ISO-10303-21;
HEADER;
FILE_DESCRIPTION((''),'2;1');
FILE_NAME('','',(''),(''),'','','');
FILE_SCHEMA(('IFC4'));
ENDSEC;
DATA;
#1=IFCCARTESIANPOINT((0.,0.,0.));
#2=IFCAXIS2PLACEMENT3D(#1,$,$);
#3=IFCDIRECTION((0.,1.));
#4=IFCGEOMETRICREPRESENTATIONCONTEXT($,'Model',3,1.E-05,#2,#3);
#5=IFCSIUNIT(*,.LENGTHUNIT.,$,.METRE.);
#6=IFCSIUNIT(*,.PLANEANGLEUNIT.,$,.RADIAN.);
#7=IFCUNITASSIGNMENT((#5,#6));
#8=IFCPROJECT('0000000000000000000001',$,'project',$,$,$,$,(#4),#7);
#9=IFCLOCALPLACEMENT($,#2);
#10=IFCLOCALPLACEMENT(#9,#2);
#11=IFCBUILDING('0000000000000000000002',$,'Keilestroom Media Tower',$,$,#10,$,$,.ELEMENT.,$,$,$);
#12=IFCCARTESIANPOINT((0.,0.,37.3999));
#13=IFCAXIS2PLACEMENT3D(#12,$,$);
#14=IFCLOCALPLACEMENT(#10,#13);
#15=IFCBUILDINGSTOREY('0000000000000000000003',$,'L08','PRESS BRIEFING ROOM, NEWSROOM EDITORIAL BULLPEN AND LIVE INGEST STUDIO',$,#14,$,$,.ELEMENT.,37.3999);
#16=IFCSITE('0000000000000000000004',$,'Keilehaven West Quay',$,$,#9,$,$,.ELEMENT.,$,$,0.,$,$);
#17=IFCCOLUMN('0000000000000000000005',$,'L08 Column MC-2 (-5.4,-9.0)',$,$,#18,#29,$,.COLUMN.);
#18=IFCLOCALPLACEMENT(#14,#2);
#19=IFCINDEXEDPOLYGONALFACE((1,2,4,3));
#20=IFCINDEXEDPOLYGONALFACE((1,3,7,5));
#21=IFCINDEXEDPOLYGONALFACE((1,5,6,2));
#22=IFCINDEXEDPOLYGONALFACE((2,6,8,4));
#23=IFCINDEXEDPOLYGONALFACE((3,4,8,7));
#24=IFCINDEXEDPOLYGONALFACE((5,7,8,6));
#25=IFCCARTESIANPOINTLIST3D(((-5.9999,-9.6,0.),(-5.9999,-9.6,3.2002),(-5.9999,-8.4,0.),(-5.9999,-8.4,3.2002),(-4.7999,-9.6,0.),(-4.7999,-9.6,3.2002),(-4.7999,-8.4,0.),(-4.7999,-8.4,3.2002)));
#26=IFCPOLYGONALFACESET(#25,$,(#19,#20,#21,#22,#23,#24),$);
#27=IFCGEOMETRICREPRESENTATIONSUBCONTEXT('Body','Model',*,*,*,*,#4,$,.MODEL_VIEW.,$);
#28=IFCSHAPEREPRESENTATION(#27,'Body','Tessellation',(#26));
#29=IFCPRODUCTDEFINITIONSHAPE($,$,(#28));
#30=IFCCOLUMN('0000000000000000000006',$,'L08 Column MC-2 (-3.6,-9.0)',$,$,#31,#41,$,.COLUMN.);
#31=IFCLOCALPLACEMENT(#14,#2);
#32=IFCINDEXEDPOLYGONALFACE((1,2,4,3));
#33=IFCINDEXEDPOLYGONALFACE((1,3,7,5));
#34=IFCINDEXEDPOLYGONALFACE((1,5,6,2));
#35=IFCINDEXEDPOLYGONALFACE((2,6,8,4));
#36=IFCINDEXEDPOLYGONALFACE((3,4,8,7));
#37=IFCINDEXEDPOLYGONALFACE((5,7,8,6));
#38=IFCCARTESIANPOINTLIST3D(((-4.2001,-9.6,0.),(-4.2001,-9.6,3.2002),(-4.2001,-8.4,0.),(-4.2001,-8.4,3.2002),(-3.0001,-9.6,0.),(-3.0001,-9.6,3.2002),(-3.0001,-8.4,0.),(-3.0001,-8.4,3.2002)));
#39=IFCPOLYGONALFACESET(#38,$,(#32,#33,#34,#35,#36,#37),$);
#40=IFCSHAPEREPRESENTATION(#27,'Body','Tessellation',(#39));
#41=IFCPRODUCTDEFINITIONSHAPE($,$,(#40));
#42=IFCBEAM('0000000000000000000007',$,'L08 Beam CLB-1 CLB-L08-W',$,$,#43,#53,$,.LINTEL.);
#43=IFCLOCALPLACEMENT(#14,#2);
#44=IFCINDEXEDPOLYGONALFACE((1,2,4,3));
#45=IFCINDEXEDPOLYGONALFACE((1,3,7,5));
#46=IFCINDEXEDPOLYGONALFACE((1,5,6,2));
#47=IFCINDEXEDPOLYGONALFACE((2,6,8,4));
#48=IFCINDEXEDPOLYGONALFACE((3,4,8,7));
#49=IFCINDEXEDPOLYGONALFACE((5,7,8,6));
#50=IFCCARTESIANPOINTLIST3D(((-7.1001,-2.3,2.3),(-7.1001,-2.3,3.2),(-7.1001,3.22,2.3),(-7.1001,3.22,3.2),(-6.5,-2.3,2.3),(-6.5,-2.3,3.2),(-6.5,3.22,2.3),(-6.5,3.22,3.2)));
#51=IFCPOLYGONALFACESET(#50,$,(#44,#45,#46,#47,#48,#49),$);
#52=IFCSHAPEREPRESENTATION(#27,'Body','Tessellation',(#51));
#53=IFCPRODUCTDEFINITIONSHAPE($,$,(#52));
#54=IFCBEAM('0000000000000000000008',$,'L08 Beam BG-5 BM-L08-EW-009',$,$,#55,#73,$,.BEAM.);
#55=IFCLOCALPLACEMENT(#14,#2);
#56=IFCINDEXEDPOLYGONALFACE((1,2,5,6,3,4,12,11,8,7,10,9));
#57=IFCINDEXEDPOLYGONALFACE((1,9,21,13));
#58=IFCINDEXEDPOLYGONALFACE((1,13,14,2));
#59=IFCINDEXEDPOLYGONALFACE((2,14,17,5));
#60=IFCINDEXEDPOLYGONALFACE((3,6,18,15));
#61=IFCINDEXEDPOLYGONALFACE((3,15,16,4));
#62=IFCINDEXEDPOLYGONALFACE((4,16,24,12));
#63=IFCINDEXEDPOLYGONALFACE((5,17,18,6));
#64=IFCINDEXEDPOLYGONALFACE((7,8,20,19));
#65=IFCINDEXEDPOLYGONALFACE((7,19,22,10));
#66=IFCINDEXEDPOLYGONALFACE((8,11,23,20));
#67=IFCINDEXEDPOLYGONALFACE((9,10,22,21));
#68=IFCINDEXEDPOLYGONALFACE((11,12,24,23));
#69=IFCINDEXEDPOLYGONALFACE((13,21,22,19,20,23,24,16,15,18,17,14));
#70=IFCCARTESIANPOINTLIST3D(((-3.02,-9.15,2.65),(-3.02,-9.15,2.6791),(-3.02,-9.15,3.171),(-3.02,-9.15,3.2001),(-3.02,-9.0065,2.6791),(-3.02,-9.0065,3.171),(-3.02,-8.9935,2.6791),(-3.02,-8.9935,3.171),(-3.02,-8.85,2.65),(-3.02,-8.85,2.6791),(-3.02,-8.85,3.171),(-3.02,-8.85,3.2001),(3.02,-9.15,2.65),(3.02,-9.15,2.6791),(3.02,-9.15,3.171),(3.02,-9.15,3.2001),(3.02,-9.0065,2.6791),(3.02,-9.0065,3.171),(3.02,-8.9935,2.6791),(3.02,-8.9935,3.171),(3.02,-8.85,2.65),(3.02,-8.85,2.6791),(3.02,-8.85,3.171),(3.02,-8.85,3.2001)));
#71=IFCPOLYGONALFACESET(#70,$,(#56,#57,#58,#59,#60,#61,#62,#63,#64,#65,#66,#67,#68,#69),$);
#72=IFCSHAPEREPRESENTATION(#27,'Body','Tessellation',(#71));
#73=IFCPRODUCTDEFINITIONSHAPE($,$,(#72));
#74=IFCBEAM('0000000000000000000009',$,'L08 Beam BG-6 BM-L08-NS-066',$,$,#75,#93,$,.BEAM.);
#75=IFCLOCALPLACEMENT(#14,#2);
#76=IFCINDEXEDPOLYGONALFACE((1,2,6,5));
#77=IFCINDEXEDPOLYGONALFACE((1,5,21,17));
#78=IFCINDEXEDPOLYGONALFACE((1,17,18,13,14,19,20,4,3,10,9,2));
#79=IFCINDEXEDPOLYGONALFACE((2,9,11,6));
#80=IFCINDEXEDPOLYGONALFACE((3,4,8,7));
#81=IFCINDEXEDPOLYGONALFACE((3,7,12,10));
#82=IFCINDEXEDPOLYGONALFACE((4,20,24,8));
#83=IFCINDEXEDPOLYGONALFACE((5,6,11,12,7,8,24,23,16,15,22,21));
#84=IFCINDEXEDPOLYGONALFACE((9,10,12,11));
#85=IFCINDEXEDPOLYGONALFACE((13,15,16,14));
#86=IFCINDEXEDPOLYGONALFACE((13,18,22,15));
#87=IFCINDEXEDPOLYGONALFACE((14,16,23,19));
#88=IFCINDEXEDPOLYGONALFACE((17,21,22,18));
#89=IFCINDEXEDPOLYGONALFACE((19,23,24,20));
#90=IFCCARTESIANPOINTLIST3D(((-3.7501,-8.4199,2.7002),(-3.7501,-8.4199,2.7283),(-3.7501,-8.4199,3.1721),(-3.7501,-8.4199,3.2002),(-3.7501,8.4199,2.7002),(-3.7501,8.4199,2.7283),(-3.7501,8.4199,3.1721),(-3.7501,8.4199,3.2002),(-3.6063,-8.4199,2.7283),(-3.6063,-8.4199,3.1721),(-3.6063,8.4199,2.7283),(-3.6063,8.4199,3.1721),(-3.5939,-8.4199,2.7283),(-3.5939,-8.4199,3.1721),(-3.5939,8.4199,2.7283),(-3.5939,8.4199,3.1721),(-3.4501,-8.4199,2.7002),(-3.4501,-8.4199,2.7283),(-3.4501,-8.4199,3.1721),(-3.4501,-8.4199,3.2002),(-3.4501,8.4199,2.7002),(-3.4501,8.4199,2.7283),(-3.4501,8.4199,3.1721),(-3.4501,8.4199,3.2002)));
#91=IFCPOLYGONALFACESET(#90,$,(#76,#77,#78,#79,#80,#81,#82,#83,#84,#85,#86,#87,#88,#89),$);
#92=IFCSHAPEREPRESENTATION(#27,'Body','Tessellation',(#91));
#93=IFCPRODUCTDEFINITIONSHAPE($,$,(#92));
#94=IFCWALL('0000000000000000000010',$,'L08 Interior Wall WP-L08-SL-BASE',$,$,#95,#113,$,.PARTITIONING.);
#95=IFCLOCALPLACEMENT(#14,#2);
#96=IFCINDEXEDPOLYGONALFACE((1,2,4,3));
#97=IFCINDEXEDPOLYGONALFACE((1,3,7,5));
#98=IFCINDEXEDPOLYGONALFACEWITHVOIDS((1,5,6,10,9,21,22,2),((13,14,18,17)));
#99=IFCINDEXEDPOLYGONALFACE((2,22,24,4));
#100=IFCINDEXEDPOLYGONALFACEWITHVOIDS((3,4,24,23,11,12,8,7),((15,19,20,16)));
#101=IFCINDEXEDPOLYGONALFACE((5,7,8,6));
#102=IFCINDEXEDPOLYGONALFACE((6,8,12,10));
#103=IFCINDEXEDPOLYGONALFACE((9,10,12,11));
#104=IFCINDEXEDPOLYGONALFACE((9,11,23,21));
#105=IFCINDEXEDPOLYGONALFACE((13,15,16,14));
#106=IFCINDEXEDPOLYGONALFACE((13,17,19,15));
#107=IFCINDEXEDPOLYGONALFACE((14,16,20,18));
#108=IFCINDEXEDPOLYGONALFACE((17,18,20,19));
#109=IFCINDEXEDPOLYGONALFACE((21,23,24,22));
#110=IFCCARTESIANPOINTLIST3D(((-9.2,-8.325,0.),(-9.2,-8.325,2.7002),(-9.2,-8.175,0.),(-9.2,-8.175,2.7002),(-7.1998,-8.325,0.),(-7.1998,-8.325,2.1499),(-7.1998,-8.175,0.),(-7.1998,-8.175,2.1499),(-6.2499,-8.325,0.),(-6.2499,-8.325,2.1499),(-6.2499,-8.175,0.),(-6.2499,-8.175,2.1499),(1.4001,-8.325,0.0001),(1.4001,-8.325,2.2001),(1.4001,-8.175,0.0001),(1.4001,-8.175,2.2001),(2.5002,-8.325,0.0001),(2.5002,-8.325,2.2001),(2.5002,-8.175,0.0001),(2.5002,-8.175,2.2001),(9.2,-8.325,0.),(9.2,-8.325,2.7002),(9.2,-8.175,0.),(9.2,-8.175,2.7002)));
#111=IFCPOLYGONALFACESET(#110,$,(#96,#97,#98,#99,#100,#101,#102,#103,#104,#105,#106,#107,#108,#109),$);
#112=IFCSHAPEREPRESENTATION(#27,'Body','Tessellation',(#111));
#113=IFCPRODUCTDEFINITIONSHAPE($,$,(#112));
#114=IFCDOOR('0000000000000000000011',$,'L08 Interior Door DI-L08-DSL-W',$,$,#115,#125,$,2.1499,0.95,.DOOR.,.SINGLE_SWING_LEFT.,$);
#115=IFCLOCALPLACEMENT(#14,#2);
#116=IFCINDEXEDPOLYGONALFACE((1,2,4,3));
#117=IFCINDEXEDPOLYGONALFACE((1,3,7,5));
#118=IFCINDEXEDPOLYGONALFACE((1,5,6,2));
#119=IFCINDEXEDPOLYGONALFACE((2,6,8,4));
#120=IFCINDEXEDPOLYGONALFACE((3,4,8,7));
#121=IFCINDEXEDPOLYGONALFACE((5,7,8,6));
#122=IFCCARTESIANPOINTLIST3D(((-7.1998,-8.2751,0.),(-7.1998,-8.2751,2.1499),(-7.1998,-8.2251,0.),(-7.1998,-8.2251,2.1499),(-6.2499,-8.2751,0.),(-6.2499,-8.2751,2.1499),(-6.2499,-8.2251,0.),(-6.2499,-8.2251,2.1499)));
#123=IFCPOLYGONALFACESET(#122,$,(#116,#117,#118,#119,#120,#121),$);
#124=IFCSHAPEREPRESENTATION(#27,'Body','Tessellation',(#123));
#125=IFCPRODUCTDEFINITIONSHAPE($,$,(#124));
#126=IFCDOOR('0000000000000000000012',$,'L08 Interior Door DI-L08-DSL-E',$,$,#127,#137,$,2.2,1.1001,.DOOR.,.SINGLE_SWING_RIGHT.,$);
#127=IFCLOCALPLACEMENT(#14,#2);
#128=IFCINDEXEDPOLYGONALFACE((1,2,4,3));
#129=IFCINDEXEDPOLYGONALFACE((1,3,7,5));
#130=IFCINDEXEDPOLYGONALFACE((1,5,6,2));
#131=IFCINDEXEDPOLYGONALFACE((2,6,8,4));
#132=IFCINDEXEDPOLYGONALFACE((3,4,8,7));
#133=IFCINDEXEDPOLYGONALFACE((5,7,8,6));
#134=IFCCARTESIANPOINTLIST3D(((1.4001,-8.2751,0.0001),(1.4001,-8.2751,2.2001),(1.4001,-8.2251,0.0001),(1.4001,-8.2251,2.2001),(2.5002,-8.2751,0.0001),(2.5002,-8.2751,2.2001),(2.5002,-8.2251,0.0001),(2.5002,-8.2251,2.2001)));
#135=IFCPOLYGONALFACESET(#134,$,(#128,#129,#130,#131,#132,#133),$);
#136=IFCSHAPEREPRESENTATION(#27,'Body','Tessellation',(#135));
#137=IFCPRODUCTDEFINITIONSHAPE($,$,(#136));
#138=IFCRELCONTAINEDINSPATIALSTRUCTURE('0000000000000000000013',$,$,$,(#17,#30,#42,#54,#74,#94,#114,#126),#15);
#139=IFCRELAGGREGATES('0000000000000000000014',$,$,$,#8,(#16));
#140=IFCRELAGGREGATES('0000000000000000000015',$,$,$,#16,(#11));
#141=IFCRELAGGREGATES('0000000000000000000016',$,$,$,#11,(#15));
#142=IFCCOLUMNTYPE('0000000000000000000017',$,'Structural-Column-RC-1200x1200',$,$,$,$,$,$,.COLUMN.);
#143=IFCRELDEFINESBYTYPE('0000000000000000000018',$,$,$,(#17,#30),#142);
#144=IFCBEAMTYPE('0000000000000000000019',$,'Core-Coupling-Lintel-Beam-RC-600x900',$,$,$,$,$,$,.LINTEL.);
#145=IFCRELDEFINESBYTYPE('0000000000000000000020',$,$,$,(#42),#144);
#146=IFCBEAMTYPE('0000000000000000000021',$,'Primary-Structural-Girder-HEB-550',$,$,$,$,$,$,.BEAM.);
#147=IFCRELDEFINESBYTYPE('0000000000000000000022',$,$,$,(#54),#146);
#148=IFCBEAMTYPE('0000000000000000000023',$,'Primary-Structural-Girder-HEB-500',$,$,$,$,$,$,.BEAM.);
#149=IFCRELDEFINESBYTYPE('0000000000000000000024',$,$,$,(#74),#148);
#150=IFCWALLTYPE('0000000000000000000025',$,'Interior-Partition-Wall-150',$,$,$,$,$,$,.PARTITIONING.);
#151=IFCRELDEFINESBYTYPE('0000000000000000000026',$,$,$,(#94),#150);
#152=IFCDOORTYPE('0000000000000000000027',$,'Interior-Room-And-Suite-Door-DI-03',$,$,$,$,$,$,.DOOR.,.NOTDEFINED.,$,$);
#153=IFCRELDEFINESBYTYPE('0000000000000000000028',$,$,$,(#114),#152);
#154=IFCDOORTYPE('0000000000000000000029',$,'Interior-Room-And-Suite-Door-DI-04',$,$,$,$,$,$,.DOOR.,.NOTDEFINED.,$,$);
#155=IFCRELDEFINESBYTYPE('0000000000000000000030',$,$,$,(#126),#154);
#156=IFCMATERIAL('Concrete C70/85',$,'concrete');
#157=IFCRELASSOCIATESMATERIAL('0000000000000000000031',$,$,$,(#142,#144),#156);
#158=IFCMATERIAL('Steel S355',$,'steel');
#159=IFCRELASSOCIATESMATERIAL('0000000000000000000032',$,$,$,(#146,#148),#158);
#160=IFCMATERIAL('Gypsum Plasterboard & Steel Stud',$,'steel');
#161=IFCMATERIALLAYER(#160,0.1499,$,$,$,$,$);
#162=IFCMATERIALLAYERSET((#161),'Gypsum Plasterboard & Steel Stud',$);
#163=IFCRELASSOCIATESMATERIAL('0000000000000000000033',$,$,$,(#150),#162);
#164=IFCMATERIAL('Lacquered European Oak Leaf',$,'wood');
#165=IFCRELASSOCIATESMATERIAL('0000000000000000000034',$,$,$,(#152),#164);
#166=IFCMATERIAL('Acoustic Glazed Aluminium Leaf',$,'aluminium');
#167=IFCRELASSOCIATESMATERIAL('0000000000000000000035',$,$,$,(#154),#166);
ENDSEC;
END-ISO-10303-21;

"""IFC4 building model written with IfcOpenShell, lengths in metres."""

from ifc_helpers import new_model, si_unit, direction, frame, frame_2d, origin, origin_2d, place, context, subcontext, project, spatial, rectangle, i_section, extrude, source, transform, mapped, material, layer, layer_set, material_profile, profile_set, type_object, element, fill, save


model = new_model("IFC4")

# Units and contexts
model_context = context("Model", 3, precision=1e-05, world=origin(), true_north=direction((0.0, 1.0)))
body_context = subcontext(model_context, "Body", "Model", "MODEL_VIEW")
ifc_project = project(units=[si_unit("LENGTHUNIT", "METRE"), si_unit("PLANEANGLEUNIT", "RADIAN")], contexts=[model_context])

# Site, building, storey
site_placement = place(None, origin())
site = spatial("IfcSite", under=ifc_project, at=site_placement, Name="Keilehaven West Quay", CompositionType="ELEMENT", RefElevation=0.0)
building_placement = place(site_placement, origin())
building = spatial("IfcBuilding", under=site, at=building_placement, Name="Keilestroom Media Tower", CompositionType="ELEMENT")
storey_placement = place(building_placement, frame((0.0, 0.0, 37.3999)))
storey = spatial("IfcBuildingStorey", under=building, at=storey_placement, Name="L08", Description="PRESS BRIEFING ROOM, NEWSROOM EDITORIAL BULLPEN AND LIVE INGEST STUDIO", CompositionType="ELEMENT", Elevation=37.3999)

# Columns
ifc_material_1 = material(Name="Concrete C70/85", Category="concrete")
ifc_material_profile_1 = material_profile(ifc_material_1, rectangle(XDim=1.2, YDim=1.2, at=origin_2d()), Name="RC 1200x1200")
ifc_profile_set_1 = profile_set([ifc_material_profile_1], Name="Concrete C70/85")
column_type = type_object("IfcColumnType", Name="Structural-Column-RC-1200x1200", PredefinedType="COLUMN", material=ifc_profile_set_1)
shared_shape_1 = source(origin(), body_context, "Body", "SweptSolid", [
    extrude(rectangle(XDim=1.2, YDim=1.2, at=origin_2d()), origin(), (0.0, 0.0, 1.0), 3.2002),
])
for number, where, z_axis, x_axis, name in (
    (1, (-5.3999, -9.0, 0.0), (0.0, 0.0, 1.0), (1.0, 0.0, 0.0), "L08 Column MC-2 (-5.4,-9.0)"),
    (2, (-3.6001, -9.0, 0.0), (0.0, 0.0, 1.0), (1.0, 0.0, 0.0), "L08 Column MC-2 (-3.6,-9.0)"),
):
    element("IfcColumn", number, at=place(storey_placement, frame(where, z_axis=z_axis, x_axis=x_axis)), inside=storey, type_object=column_type, Name=name, PredefinedType="COLUMN", context=body_context, shape_type="MappedRepresentation", body=[
        mapped(shared_shape_1, transform((0.0, 0.0, 0.0), x_axis=(1.0, 0.0, 0.0), y_axis=(0.0, 1.0, 0.0), z_axis=(0.0, 0.0, 1.0), scale=1.0)),
    ])

# Beams
ifc_material_profile_2 = material_profile(ifc_material_1, rectangle(XDim=0.6001, YDim=0.8999, at=origin_2d()), Name="RC 600x900")
ifc_profile_set_2 = profile_set([ifc_material_profile_2], Name="Concrete C70/85")
beam_type_1 = type_object("IfcBeamType", Name="Core-Coupling-Lintel-Beam-RC-600x900", PredefinedType="LINTEL", material=ifc_profile_set_2)
shared_shape_2 = source(origin(), body_context, "Body", "SweptSolid", [
    extrude(rectangle(XDim=0.6001, YDim=0.8999, at=origin_2d()), origin(), (0.0, 0.0, 1.0), 5.52),
])
beam_1_placement = place(storey_placement, frame((-6.8, -2.3, 2.75), z_axis=(0.0, 1.0, 0.0), x_axis=(-1.0, 0.0, 0.0)))
element("IfcBeam", 3, at=beam_1_placement, inside=storey, type_object=beam_type_1, Name="L08 Beam CLB-1 CLB-L08-W", PredefinedType="LINTEL", context=body_context, shape_type="MappedRepresentation", body=[
    mapped(shared_shape_2, transform((0.0, 0.0, 0.0), x_axis=(1.0, 0.0, 0.0), y_axis=(0.0, 1.0, 0.0), z_axis=(0.0, 0.0, 1.0), scale=1.0)),
])
ifc_material_2 = material(Name="Steel S355", Category="steel")
ifc_material_profile_3 = material_profile(ifc_material_2, i_section(OverallWidth=0.3, OverallDepth=0.55, WebThickness=0.0129, FlangeThickness=0.0291, at=origin_2d()), Name="HEB 550")
ifc_profile_set_3 = profile_set([ifc_material_profile_3], Name="Steel S355")
beam_type_2 = type_object("IfcBeamType", Name="Primary-Structural-Girder-HEB-550", PredefinedType="BEAM", material=ifc_profile_set_3)
shared_shape_3 = source(origin(), body_context, "Body", "SweptSolid", [
    extrude(i_section(OverallWidth=0.3, OverallDepth=0.55, WebThickness=0.0129, FlangeThickness=0.0291, at=origin_2d()), origin(), (0.0, 0.0, 1.0), 6.04),
])
beam_2_placement = place(storey_placement, frame((-3.02, -9.0, 2.925), z_axis=(1.0, 0.0, 0.0), x_axis=(0.0, 1.0, 0.0)))
element("IfcBeam", 4, at=beam_2_placement, inside=storey, type_object=beam_type_2, Name="L08 Beam BG-5 BM-L08-EW-009", PredefinedType="BEAM", context=body_context, shape_type="MappedRepresentation", body=[
    mapped(shared_shape_3, transform((0.0, 0.0, 0.0), x_axis=(1.0, 0.0, 0.0), y_axis=(0.0, 1.0, 0.0), z_axis=(0.0, 0.0, 1.0), scale=1.0)),
])
ifc_material_profile_4 = material_profile(ifc_material_2, i_section(OverallWidth=0.3, OverallDepth=0.5, WebThickness=0.0125, FlangeThickness=0.0281, at=origin_2d()), Name="HEB 500")
ifc_profile_set_4 = profile_set([ifc_material_profile_4], Name="Steel S355")
beam_type_3 = type_object("IfcBeamType", Name="Primary-Structural-Girder-HEB-500", PredefinedType="BEAM", material=ifc_profile_set_4)
shared_shape_4 = source(origin(), body_context, "Body", "SweptSolid", [
    extrude(i_section(OverallWidth=0.3, OverallDepth=0.5, WebThickness=0.0125, FlangeThickness=0.0281, at=origin_2d()), origin(), (0.0, 0.0, 1.0), 16.8398),
])
beam_3_placement = place(storey_placement, frame((-3.6001, -8.4199, 2.9502), z_axis=(0.0, 1.0, 0.0), x_axis=(-1.0, 0.0, 0.0)))
element("IfcBeam", 5, at=beam_3_placement, inside=storey, type_object=beam_type_3, Name="L08 Beam BG-6 BM-L08-NS-066", PredefinedType="BEAM", context=body_context, shape_type="MappedRepresentation", body=[
    mapped(shared_shape_4, transform((0.0, 0.0, 0.0), x_axis=(1.0, 0.0, 0.0), y_axis=(0.0, 1.0, 0.0), z_axis=(0.0, 0.0, 1.0), scale=1.0)),
])

# Wall, openings, doors
ifc_material_3 = material(Name="Gypsum Plasterboard & Steel Stud", Category="steel")
ifc_layer_1 = layer(ifc_material_3, 0.1499)
ifc_layer_set_1 = layer_set([ifc_layer_1], Name="Gypsum Plasterboard & Steel Stud")
wall_type_1 = type_object("IfcWallType", Name="Interior-Partition-Wall-150", PredefinedType="PARTITIONING", material=ifc_layer_set_1)
wall_1_placement = place(storey_placement, frame((-9.2, -8.25, 0.0), z_axis=(0.0, 0.0, 1.0), x_axis=(1.0, 0.0, 0.0)))
wall_1 = element("IfcWall", 6, at=wall_1_placement, inside=storey, type_object=wall_type_1, Name="L08 Interior Wall WP-L08-SL-BASE", PredefinedType="PARTITIONING", context=body_context, shape_type="SweptSolid", body=[
    extrude(rectangle(XDim=18.3999, YDim=0.1499, at=frame_2d((9.2, 0.0))), origin(), (0.0, 0.0, 1.0), 2.7002),
])
opening_1_placement = place(wall_1_placement, frame((2.0, 0.0, 0.0)))
opening_1 = element("IfcOpeningElement", 7, at=opening_1_placement, cuts=wall_1, PredefinedType="OPENING", context=body_context, shape_type="SweptSolid", body=[
    extrude(rectangle(XDim=0.95, YDim=2.1499, at=frame_2d((0.4751, 1.075))), frame((0.0, 0.085, 0.0), z_axis=(0.0, -1.0, 0.0), x_axis=(1.0, 0.0, 0.0)), (0.0, 0.0, 1.0), 0.1699),
])
opening_2_placement = place(wall_1_placement, frame((10.6001, 0.0, 0.0)))
opening_2 = element("IfcOpeningElement", 8, at=opening_2_placement, cuts=wall_1, PredefinedType="OPENING", context=body_context, shape_type="SweptSolid", body=[
    extrude(rectangle(XDim=1.1001, YDim=2.2, at=frame_2d((0.55, 1.1001))), frame((0.0, 0.085, 0.0), z_axis=(0.0, -1.0, 0.0), x_axis=(1.0, 0.0, 0.0)), (0.0, 0.0, 1.0), 0.1699),
])
ifc_material_4 = material(Name="Lacquered European Oak Leaf", Category="wood")
door_type_1 = type_object("IfcDoorType", Name="Interior-Room-And-Suite-Door-DI-03", OperationType="NOTDEFINED", PredefinedType="DOOR", material=ifc_material_4)
shared_shape_5 = source(origin(), body_context, "Body", "SweptSolid", [
    extrude(rectangle(XDim=0.95, YDim=2.1499, at=frame_2d((0.4751, 1.075))), frame((0.0, 0.0249, 0.0), z_axis=(0.0, -1.0, 0.0), x_axis=(1.0, 0.0, 0.0)), (0.0, 0.0, 1.0), 0.05),
])
door_1_placement = place(opening_1_placement, origin())
door_1 = element("IfcDoor", 9, at=door_1_placement, inside=storey, type_object=door_type_1, Name="L08 Interior Door DI-L08-DSL-W", OperationType="SINGLE_SWING_LEFT", OverallHeight=2.1499, OverallWidth=0.95, PredefinedType="DOOR", context=body_context, shape_type="MappedRepresentation", body=[
    mapped(shared_shape_5, transform((0.0, 0.0, 0.0), x_axis=(1.0, 0.0, 0.0), y_axis=(0.0, 1.0, 0.0), z_axis=(0.0, 0.0, 1.0), scale=1.0)),
])
fill(opening_1, door_1)
ifc_material_5 = material(Name="Acoustic Glazed Aluminium Leaf", Category="aluminium")
door_type_2 = type_object("IfcDoorType", Name="Interior-Room-And-Suite-Door-DI-04", OperationType="NOTDEFINED", PredefinedType="DOOR", material=ifc_material_5)
shared_shape_6 = source(origin(), body_context, "Body", "SweptSolid", [
    extrude(rectangle(XDim=1.1001, YDim=2.2, at=frame_2d((0.55, 1.1001))), frame((0.0, 0.0249, 0.0), z_axis=(0.0, -1.0, 0.0), x_axis=(1.0, 0.0, 0.0)), (0.0, 0.0, 1.0), 0.05),
])
door_2_placement = place(opening_2_placement, origin())
door_2 = element("IfcDoor", 10, at=door_2_placement, inside=storey, type_object=door_type_2, Name="L08 Interior Door DI-L08-DSL-E", OperationType="SINGLE_SWING_RIGHT", OverallHeight=2.2, OverallWidth=1.1001, PredefinedType="DOOR", context=body_context, shape_type="MappedRepresentation", body=[
    mapped(shared_shape_6, transform((0.0, 0.0, 0.0), x_axis=(1.0, 0.0, 0.0), y_axis=(0.0, 1.0, 0.0), z_axis=(0.0, 0.0, 1.0), scale=1.0)),
])
fill(opening_2, door_2)

save(model, "model.ifc")
